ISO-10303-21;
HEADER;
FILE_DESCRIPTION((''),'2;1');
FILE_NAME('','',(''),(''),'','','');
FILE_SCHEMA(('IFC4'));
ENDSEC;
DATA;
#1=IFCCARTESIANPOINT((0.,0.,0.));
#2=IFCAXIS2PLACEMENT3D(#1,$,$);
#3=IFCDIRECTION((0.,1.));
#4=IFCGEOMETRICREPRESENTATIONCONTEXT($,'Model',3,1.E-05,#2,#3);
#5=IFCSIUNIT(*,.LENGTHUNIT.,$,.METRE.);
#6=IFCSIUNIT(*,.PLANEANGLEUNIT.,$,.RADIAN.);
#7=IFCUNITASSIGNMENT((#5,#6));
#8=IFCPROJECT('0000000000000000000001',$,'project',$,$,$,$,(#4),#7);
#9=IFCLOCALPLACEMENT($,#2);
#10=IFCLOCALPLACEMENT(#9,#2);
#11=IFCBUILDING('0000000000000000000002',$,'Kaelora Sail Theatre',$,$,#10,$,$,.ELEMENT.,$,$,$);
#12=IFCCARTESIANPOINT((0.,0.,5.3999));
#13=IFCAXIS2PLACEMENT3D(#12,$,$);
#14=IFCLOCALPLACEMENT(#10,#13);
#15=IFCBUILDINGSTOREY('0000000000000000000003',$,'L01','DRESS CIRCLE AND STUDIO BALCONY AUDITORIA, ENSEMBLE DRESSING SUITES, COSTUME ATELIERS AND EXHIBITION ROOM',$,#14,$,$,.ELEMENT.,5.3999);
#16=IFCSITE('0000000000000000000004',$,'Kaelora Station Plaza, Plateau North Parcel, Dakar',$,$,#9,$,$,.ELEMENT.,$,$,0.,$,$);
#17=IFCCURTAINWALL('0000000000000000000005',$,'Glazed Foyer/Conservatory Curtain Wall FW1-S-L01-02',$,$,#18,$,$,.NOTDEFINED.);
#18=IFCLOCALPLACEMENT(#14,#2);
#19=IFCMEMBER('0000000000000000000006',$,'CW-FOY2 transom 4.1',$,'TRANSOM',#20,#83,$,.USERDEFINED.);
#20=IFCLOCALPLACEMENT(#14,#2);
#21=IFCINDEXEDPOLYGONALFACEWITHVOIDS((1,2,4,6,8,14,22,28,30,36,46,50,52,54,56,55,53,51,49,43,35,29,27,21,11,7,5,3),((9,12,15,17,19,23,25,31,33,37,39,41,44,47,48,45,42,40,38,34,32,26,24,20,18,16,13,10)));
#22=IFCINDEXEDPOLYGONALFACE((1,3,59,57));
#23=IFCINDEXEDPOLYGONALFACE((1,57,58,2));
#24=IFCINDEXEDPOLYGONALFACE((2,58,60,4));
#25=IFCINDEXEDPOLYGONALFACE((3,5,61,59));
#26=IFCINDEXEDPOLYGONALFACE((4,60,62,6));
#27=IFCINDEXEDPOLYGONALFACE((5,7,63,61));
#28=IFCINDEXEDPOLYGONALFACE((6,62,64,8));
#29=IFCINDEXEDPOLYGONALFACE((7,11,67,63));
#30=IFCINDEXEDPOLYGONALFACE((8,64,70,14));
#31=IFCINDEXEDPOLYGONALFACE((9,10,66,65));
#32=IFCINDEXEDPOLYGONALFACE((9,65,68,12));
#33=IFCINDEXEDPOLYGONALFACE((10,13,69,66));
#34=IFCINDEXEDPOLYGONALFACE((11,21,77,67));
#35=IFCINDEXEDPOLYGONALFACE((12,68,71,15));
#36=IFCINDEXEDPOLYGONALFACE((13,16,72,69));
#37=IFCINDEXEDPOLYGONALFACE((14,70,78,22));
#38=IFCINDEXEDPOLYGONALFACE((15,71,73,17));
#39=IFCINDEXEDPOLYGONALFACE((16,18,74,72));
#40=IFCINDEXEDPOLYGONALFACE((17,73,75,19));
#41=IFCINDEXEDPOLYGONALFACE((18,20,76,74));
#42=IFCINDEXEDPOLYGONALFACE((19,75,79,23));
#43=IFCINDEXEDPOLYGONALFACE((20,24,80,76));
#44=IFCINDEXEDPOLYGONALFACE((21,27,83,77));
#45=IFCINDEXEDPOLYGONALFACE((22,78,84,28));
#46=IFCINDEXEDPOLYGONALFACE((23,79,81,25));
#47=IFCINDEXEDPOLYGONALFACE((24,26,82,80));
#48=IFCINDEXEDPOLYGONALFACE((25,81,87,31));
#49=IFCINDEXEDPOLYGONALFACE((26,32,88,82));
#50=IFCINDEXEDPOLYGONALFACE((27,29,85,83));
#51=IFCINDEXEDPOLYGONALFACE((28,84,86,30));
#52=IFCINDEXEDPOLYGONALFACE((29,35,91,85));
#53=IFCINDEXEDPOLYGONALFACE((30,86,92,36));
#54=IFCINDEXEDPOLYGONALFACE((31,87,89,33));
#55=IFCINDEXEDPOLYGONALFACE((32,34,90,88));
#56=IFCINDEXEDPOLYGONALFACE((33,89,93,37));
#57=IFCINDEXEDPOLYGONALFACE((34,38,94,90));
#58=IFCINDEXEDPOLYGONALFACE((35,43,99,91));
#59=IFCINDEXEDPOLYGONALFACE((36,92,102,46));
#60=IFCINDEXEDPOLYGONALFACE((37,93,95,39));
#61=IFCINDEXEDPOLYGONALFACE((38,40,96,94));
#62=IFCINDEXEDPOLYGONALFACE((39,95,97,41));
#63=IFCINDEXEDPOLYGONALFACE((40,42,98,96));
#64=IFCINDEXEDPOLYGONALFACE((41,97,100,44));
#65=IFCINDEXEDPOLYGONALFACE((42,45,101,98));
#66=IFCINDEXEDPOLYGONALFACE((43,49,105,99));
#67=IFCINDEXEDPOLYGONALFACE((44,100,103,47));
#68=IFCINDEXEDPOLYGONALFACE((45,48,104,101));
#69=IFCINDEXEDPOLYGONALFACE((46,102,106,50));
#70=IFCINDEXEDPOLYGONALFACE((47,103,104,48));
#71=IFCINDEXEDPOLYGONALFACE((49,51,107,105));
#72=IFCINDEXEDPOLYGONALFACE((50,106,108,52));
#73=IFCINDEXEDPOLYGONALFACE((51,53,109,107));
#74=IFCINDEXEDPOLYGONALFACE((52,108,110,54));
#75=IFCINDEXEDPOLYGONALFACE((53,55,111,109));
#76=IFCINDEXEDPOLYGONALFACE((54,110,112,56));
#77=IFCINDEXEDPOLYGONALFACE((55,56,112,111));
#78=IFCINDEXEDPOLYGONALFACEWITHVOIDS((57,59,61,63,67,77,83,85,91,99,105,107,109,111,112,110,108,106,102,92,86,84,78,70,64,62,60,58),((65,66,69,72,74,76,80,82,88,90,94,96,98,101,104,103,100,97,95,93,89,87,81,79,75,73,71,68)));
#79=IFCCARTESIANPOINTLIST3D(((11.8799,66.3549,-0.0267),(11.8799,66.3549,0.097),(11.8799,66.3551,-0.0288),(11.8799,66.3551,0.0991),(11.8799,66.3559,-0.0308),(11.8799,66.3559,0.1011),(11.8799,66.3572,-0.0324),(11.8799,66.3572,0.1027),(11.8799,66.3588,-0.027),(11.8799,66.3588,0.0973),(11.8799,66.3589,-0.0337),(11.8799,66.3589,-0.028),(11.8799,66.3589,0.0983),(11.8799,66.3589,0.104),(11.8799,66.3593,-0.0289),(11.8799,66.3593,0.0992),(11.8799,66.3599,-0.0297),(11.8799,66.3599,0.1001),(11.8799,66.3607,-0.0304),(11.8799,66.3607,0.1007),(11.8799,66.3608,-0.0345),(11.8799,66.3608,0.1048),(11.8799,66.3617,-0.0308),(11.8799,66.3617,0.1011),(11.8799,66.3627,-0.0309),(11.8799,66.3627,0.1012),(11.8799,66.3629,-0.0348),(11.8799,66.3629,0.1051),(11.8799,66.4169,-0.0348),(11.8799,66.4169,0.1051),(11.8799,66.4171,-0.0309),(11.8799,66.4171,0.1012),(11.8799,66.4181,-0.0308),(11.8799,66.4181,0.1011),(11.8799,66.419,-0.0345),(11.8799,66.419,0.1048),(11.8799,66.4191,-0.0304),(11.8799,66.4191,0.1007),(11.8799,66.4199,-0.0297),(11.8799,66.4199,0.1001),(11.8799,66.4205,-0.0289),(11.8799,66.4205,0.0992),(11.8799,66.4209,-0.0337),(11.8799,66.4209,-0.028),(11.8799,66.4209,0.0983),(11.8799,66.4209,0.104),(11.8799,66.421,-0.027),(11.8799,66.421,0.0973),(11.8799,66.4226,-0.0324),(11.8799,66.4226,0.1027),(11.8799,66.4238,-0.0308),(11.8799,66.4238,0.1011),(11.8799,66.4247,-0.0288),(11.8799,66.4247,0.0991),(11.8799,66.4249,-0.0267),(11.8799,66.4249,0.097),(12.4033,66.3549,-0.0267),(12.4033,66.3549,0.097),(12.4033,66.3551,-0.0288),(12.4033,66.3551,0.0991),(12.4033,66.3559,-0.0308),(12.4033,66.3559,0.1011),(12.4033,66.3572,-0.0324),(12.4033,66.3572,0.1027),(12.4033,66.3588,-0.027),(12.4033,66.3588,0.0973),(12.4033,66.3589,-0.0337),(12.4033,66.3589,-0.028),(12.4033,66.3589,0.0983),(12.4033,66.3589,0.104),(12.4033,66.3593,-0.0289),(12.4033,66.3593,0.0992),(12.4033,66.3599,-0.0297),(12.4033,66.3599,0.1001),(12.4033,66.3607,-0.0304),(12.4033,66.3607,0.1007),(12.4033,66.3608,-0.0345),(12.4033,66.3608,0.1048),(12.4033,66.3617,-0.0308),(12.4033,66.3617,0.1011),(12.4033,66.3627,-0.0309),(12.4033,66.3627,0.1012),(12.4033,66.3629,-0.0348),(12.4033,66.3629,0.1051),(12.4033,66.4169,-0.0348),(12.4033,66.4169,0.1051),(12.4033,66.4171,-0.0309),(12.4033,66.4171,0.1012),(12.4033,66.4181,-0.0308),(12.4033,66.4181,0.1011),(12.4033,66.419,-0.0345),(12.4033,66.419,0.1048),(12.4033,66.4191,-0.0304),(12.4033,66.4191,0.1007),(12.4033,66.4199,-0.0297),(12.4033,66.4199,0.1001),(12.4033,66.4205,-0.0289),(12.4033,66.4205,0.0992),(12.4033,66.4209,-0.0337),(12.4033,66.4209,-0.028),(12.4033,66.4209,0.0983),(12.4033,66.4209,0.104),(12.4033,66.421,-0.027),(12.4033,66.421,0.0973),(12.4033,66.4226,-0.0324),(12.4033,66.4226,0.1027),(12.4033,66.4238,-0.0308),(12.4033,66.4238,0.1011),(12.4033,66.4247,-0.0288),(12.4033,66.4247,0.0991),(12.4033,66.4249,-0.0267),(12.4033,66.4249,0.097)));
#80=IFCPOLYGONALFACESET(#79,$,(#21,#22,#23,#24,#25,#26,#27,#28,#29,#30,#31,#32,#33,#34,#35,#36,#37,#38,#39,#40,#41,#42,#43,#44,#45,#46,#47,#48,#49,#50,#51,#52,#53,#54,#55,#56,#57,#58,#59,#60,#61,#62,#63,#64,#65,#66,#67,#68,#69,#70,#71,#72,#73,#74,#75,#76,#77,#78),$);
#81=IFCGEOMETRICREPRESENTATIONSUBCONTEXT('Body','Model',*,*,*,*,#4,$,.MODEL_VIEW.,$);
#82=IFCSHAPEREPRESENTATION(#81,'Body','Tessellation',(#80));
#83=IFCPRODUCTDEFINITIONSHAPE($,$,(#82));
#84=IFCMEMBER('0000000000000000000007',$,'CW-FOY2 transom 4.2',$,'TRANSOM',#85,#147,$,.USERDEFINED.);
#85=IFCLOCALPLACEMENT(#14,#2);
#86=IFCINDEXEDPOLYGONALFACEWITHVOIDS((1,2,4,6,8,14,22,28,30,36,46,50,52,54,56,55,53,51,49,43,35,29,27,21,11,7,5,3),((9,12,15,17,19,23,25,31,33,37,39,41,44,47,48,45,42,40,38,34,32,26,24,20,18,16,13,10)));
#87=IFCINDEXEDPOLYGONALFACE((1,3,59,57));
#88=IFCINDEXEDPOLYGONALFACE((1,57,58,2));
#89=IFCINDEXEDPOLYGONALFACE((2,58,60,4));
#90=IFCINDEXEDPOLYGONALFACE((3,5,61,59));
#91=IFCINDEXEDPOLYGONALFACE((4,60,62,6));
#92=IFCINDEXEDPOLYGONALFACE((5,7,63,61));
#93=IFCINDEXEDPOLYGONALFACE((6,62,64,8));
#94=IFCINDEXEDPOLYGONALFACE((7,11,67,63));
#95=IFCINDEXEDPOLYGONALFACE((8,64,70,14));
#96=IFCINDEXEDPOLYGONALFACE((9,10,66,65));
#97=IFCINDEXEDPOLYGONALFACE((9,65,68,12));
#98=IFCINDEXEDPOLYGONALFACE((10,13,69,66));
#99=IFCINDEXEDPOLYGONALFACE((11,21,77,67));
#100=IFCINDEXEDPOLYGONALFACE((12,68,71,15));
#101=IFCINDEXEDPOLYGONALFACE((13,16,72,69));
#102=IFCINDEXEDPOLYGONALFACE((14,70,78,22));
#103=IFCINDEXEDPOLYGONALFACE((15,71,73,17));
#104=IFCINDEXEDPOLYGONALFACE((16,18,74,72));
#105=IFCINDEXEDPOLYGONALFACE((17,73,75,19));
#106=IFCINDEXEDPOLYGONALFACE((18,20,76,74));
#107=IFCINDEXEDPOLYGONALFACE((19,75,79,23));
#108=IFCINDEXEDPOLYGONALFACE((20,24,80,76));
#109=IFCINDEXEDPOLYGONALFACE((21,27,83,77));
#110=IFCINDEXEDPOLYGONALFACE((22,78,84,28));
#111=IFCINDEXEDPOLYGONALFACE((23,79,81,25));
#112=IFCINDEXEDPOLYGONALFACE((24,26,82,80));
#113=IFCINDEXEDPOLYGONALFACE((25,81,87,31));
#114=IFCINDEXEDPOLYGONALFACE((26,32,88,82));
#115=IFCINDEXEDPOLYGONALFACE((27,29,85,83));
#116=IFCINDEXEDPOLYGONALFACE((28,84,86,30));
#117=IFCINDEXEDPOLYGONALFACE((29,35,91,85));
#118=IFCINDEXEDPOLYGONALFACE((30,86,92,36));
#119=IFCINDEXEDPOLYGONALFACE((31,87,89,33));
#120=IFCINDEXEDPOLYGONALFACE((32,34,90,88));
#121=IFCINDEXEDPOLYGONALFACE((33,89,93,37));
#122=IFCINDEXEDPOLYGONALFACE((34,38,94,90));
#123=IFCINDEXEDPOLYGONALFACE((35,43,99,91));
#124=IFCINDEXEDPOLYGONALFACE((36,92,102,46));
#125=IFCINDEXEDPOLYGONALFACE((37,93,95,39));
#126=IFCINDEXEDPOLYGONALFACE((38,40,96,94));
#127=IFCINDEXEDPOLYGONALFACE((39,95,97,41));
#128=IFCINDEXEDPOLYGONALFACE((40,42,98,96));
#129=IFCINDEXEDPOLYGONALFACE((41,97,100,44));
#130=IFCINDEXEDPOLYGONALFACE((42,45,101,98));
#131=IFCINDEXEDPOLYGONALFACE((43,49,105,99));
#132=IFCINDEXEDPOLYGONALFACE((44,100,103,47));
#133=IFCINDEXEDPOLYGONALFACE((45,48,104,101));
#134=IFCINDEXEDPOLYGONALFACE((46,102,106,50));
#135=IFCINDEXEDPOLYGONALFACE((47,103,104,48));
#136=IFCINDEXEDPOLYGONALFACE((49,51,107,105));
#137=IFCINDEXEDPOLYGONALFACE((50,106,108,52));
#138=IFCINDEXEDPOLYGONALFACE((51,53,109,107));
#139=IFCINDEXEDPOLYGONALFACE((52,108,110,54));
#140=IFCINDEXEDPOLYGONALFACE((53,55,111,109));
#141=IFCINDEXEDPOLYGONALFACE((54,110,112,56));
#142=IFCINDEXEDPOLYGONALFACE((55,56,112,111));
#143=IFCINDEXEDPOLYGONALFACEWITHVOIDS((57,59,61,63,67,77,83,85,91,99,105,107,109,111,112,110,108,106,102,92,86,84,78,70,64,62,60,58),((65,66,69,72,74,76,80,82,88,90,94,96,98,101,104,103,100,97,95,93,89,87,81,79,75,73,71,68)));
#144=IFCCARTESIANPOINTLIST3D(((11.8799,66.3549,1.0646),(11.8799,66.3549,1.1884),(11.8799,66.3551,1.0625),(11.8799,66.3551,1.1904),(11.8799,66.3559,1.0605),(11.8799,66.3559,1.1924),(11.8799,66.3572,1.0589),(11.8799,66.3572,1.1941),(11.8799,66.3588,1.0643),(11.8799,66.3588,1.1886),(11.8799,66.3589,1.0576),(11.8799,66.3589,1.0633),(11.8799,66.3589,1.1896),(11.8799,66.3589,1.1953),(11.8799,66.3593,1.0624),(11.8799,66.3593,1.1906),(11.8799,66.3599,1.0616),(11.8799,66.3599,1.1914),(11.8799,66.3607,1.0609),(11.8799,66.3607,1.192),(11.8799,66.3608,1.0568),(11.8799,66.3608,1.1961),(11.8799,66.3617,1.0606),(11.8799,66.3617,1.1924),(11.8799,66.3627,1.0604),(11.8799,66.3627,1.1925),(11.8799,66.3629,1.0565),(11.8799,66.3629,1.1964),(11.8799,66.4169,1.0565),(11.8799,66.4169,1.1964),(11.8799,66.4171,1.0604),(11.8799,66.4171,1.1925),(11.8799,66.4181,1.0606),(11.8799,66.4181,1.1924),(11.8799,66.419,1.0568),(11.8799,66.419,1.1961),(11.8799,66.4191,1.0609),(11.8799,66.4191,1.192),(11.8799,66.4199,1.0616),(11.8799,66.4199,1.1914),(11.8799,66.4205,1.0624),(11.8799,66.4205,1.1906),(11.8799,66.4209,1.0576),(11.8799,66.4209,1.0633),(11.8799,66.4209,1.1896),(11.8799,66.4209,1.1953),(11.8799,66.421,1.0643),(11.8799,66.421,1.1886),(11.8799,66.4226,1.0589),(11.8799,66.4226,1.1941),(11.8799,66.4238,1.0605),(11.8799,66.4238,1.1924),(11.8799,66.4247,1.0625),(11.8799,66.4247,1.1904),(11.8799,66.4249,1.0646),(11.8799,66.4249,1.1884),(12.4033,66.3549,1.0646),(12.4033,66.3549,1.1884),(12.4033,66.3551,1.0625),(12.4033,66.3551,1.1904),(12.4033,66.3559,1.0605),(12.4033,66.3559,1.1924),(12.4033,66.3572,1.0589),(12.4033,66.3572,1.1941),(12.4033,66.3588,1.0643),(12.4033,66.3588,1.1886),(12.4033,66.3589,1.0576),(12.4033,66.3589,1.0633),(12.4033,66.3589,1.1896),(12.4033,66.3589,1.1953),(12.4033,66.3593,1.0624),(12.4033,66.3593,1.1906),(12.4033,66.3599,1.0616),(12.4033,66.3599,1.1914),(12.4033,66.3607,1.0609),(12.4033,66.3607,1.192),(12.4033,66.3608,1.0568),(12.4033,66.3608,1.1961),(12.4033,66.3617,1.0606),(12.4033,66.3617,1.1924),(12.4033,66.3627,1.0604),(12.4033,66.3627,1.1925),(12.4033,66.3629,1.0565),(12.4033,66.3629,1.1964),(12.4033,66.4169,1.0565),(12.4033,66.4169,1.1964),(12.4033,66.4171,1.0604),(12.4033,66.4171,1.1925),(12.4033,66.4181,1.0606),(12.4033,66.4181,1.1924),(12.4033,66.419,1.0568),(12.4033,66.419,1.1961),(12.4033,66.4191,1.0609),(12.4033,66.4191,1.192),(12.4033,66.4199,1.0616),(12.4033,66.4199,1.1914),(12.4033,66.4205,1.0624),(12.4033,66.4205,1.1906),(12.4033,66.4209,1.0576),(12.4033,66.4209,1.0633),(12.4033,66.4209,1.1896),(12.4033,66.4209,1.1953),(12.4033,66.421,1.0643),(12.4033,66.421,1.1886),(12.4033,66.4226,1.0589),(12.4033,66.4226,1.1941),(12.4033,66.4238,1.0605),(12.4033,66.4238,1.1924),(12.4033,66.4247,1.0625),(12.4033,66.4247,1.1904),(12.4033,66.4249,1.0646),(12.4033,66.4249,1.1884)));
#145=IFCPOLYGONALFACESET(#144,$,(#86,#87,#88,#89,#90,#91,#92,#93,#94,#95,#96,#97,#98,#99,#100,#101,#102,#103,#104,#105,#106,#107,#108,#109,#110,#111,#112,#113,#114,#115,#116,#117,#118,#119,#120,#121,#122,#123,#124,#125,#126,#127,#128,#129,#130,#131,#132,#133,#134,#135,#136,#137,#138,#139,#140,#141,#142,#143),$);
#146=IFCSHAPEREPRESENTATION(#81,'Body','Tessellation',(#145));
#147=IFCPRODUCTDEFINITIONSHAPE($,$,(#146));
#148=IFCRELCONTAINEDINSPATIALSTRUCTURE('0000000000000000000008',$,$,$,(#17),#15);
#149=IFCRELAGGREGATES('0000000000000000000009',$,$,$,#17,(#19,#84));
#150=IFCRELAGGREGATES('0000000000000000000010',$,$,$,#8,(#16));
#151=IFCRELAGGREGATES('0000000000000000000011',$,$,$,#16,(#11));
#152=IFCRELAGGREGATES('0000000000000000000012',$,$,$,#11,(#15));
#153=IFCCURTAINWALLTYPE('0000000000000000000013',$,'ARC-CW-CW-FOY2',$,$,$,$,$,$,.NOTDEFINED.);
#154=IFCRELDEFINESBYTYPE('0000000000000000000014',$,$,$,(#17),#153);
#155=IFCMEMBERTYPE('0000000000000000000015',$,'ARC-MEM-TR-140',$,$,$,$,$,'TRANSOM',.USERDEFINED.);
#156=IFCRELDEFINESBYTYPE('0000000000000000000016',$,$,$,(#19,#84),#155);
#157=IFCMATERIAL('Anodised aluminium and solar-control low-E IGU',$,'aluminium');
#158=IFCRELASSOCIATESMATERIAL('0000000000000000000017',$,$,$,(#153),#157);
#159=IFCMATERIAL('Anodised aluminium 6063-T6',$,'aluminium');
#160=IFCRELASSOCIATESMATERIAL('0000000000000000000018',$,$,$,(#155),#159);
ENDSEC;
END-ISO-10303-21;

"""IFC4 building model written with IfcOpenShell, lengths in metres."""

from ifc_helpers import new_model, si_unit, direction, frame, origin, origin_2d, place, context, subcontext, project, spatial, hollow_rectangle, extrude, material, material_profile, profile_set, type_object, element, aggregate, save


model = new_model("IFC4")

# Units and contexts
model_context = context("Model", 3, precision=1e-05, world=origin(), true_north=direction((0.0, 1.0)))
body_context = subcontext(model_context, "Body", "Model", "MODEL_VIEW")
ifc_project = project(units=[si_unit("LENGTHUNIT", "METRE"), si_unit("PLANEANGLEUNIT", "RADIAN")], contexts=[model_context])

# Site, building, storey
site_placement = place(None, origin())
site = spatial("IfcSite", under=ifc_project, at=site_placement, Name="Kaelora Station Plaza, Plateau North Parcel, Dakar", CompositionType="ELEMENT", RefElevation=0.0)
building_placement = place(site_placement, origin())
building = spatial("IfcBuilding", under=site, at=building_placement, Name="Kaelora Sail Theatre", CompositionType="ELEMENT")
storey_placement = place(building_placement, frame((0.0, 0.0, 5.3999)))
storey = spatial("IfcBuildingStorey", under=building, at=storey_placement, Name="L01", Description="DRESS CIRCLE AND STUDIO BALCONY AUDITORIA, ENSEMBLE DRESSING SUITES, COSTUME ATELIERS AND EXHIBITION ROOM", CompositionType="ELEMENT", Elevation=5.3999)

# Curtain wall
ifc_material_1 = material(Name="Anodised aluminium and solar-control low-E IGU", Category="aluminium")
curtain_wall_type = type_object("IfcCurtainWallType", Name="ARC-CW-CW-FOY2", PredefinedType="NOTDEFINED", material=ifc_material_1)
curtain_wall_1_placement = place(storey_placement, origin())
curtain_wall_1 = element("IfcCurtainWall", 1, at=curtain_wall_1_placement, inside=storey, type_object=curtain_wall_type, Name="Glazed Foyer/Conservatory Curtain Wall FW1-S-L01-02", PredefinedType="NOTDEFINED")

# Members
ifc_material_2 = material(Name="Anodised aluminium 6063-T6", Category="aluminium")
ifc_material_profile_1 = material_profile(ifc_material_2, hollow_rectangle(XDim=0.0701, YDim=0.1399, WallThickness=0.0039, InnerFilletRadius=0.0039, OuterFilletRadius=0.0081, at=origin_2d()), Name="ALU-TRAN 70x140x4")
ifc_profile_set_1 = profile_set([ifc_material_profile_1], Name="Anodised aluminium 6063-T6")
member_type_1 = type_object("IfcMemberType", Name="ARC-MEM-TR-140", ElementType="TRANSOM", PredefinedType="USERDEFINED", material=ifc_profile_set_1)
member_1_placement = place(storey_placement, frame((11.8799, 66.3899, 0.0352), z_axis=(1.0, 0.0, 0.0), x_axis=(0.0, 1.0, 0.0)))
member_1 = element("IfcMember", 2, at=member_1_placement, type_object=member_type_1, Name="CW-FOY2 transom 4.1", ObjectType="TRANSOM", PredefinedType="USERDEFINED", context=body_context, shape_type="SweptSolid", body=[
    extrude(hollow_rectangle(XDim=0.0701, YDim=0.1399, WallThickness=0.0039, InnerFilletRadius=0.0039, OuterFilletRadius=0.0081, at=origin_2d()), origin(), (0.0, 0.0, 1.0), 0.5234),
])
member_2_placement = place(storey_placement, frame((11.8799, 66.3899, 1.1265), z_axis=(1.0, 0.0, 0.0), x_axis=(0.0, 1.0, 0.0)))
member_2 = element("IfcMember", 3, at=member_2_placement, type_object=member_type_1, Name="CW-FOY2 transom 4.2", ObjectType="TRANSOM", PredefinedType="USERDEFINED", context=body_context, shape_type="SweptSolid", body=[
    extrude(hollow_rectangle(XDim=0.0701, YDim=0.1399, WallThickness=0.0039, InnerFilletRadius=0.0039, OuterFilletRadius=0.0081, at=origin_2d()), origin(), (0.0, 0.0, 1.0), 0.5234),
])

aggregate(curtain_wall_1, [member_1, member_2])

save(model, "model.ifc")
